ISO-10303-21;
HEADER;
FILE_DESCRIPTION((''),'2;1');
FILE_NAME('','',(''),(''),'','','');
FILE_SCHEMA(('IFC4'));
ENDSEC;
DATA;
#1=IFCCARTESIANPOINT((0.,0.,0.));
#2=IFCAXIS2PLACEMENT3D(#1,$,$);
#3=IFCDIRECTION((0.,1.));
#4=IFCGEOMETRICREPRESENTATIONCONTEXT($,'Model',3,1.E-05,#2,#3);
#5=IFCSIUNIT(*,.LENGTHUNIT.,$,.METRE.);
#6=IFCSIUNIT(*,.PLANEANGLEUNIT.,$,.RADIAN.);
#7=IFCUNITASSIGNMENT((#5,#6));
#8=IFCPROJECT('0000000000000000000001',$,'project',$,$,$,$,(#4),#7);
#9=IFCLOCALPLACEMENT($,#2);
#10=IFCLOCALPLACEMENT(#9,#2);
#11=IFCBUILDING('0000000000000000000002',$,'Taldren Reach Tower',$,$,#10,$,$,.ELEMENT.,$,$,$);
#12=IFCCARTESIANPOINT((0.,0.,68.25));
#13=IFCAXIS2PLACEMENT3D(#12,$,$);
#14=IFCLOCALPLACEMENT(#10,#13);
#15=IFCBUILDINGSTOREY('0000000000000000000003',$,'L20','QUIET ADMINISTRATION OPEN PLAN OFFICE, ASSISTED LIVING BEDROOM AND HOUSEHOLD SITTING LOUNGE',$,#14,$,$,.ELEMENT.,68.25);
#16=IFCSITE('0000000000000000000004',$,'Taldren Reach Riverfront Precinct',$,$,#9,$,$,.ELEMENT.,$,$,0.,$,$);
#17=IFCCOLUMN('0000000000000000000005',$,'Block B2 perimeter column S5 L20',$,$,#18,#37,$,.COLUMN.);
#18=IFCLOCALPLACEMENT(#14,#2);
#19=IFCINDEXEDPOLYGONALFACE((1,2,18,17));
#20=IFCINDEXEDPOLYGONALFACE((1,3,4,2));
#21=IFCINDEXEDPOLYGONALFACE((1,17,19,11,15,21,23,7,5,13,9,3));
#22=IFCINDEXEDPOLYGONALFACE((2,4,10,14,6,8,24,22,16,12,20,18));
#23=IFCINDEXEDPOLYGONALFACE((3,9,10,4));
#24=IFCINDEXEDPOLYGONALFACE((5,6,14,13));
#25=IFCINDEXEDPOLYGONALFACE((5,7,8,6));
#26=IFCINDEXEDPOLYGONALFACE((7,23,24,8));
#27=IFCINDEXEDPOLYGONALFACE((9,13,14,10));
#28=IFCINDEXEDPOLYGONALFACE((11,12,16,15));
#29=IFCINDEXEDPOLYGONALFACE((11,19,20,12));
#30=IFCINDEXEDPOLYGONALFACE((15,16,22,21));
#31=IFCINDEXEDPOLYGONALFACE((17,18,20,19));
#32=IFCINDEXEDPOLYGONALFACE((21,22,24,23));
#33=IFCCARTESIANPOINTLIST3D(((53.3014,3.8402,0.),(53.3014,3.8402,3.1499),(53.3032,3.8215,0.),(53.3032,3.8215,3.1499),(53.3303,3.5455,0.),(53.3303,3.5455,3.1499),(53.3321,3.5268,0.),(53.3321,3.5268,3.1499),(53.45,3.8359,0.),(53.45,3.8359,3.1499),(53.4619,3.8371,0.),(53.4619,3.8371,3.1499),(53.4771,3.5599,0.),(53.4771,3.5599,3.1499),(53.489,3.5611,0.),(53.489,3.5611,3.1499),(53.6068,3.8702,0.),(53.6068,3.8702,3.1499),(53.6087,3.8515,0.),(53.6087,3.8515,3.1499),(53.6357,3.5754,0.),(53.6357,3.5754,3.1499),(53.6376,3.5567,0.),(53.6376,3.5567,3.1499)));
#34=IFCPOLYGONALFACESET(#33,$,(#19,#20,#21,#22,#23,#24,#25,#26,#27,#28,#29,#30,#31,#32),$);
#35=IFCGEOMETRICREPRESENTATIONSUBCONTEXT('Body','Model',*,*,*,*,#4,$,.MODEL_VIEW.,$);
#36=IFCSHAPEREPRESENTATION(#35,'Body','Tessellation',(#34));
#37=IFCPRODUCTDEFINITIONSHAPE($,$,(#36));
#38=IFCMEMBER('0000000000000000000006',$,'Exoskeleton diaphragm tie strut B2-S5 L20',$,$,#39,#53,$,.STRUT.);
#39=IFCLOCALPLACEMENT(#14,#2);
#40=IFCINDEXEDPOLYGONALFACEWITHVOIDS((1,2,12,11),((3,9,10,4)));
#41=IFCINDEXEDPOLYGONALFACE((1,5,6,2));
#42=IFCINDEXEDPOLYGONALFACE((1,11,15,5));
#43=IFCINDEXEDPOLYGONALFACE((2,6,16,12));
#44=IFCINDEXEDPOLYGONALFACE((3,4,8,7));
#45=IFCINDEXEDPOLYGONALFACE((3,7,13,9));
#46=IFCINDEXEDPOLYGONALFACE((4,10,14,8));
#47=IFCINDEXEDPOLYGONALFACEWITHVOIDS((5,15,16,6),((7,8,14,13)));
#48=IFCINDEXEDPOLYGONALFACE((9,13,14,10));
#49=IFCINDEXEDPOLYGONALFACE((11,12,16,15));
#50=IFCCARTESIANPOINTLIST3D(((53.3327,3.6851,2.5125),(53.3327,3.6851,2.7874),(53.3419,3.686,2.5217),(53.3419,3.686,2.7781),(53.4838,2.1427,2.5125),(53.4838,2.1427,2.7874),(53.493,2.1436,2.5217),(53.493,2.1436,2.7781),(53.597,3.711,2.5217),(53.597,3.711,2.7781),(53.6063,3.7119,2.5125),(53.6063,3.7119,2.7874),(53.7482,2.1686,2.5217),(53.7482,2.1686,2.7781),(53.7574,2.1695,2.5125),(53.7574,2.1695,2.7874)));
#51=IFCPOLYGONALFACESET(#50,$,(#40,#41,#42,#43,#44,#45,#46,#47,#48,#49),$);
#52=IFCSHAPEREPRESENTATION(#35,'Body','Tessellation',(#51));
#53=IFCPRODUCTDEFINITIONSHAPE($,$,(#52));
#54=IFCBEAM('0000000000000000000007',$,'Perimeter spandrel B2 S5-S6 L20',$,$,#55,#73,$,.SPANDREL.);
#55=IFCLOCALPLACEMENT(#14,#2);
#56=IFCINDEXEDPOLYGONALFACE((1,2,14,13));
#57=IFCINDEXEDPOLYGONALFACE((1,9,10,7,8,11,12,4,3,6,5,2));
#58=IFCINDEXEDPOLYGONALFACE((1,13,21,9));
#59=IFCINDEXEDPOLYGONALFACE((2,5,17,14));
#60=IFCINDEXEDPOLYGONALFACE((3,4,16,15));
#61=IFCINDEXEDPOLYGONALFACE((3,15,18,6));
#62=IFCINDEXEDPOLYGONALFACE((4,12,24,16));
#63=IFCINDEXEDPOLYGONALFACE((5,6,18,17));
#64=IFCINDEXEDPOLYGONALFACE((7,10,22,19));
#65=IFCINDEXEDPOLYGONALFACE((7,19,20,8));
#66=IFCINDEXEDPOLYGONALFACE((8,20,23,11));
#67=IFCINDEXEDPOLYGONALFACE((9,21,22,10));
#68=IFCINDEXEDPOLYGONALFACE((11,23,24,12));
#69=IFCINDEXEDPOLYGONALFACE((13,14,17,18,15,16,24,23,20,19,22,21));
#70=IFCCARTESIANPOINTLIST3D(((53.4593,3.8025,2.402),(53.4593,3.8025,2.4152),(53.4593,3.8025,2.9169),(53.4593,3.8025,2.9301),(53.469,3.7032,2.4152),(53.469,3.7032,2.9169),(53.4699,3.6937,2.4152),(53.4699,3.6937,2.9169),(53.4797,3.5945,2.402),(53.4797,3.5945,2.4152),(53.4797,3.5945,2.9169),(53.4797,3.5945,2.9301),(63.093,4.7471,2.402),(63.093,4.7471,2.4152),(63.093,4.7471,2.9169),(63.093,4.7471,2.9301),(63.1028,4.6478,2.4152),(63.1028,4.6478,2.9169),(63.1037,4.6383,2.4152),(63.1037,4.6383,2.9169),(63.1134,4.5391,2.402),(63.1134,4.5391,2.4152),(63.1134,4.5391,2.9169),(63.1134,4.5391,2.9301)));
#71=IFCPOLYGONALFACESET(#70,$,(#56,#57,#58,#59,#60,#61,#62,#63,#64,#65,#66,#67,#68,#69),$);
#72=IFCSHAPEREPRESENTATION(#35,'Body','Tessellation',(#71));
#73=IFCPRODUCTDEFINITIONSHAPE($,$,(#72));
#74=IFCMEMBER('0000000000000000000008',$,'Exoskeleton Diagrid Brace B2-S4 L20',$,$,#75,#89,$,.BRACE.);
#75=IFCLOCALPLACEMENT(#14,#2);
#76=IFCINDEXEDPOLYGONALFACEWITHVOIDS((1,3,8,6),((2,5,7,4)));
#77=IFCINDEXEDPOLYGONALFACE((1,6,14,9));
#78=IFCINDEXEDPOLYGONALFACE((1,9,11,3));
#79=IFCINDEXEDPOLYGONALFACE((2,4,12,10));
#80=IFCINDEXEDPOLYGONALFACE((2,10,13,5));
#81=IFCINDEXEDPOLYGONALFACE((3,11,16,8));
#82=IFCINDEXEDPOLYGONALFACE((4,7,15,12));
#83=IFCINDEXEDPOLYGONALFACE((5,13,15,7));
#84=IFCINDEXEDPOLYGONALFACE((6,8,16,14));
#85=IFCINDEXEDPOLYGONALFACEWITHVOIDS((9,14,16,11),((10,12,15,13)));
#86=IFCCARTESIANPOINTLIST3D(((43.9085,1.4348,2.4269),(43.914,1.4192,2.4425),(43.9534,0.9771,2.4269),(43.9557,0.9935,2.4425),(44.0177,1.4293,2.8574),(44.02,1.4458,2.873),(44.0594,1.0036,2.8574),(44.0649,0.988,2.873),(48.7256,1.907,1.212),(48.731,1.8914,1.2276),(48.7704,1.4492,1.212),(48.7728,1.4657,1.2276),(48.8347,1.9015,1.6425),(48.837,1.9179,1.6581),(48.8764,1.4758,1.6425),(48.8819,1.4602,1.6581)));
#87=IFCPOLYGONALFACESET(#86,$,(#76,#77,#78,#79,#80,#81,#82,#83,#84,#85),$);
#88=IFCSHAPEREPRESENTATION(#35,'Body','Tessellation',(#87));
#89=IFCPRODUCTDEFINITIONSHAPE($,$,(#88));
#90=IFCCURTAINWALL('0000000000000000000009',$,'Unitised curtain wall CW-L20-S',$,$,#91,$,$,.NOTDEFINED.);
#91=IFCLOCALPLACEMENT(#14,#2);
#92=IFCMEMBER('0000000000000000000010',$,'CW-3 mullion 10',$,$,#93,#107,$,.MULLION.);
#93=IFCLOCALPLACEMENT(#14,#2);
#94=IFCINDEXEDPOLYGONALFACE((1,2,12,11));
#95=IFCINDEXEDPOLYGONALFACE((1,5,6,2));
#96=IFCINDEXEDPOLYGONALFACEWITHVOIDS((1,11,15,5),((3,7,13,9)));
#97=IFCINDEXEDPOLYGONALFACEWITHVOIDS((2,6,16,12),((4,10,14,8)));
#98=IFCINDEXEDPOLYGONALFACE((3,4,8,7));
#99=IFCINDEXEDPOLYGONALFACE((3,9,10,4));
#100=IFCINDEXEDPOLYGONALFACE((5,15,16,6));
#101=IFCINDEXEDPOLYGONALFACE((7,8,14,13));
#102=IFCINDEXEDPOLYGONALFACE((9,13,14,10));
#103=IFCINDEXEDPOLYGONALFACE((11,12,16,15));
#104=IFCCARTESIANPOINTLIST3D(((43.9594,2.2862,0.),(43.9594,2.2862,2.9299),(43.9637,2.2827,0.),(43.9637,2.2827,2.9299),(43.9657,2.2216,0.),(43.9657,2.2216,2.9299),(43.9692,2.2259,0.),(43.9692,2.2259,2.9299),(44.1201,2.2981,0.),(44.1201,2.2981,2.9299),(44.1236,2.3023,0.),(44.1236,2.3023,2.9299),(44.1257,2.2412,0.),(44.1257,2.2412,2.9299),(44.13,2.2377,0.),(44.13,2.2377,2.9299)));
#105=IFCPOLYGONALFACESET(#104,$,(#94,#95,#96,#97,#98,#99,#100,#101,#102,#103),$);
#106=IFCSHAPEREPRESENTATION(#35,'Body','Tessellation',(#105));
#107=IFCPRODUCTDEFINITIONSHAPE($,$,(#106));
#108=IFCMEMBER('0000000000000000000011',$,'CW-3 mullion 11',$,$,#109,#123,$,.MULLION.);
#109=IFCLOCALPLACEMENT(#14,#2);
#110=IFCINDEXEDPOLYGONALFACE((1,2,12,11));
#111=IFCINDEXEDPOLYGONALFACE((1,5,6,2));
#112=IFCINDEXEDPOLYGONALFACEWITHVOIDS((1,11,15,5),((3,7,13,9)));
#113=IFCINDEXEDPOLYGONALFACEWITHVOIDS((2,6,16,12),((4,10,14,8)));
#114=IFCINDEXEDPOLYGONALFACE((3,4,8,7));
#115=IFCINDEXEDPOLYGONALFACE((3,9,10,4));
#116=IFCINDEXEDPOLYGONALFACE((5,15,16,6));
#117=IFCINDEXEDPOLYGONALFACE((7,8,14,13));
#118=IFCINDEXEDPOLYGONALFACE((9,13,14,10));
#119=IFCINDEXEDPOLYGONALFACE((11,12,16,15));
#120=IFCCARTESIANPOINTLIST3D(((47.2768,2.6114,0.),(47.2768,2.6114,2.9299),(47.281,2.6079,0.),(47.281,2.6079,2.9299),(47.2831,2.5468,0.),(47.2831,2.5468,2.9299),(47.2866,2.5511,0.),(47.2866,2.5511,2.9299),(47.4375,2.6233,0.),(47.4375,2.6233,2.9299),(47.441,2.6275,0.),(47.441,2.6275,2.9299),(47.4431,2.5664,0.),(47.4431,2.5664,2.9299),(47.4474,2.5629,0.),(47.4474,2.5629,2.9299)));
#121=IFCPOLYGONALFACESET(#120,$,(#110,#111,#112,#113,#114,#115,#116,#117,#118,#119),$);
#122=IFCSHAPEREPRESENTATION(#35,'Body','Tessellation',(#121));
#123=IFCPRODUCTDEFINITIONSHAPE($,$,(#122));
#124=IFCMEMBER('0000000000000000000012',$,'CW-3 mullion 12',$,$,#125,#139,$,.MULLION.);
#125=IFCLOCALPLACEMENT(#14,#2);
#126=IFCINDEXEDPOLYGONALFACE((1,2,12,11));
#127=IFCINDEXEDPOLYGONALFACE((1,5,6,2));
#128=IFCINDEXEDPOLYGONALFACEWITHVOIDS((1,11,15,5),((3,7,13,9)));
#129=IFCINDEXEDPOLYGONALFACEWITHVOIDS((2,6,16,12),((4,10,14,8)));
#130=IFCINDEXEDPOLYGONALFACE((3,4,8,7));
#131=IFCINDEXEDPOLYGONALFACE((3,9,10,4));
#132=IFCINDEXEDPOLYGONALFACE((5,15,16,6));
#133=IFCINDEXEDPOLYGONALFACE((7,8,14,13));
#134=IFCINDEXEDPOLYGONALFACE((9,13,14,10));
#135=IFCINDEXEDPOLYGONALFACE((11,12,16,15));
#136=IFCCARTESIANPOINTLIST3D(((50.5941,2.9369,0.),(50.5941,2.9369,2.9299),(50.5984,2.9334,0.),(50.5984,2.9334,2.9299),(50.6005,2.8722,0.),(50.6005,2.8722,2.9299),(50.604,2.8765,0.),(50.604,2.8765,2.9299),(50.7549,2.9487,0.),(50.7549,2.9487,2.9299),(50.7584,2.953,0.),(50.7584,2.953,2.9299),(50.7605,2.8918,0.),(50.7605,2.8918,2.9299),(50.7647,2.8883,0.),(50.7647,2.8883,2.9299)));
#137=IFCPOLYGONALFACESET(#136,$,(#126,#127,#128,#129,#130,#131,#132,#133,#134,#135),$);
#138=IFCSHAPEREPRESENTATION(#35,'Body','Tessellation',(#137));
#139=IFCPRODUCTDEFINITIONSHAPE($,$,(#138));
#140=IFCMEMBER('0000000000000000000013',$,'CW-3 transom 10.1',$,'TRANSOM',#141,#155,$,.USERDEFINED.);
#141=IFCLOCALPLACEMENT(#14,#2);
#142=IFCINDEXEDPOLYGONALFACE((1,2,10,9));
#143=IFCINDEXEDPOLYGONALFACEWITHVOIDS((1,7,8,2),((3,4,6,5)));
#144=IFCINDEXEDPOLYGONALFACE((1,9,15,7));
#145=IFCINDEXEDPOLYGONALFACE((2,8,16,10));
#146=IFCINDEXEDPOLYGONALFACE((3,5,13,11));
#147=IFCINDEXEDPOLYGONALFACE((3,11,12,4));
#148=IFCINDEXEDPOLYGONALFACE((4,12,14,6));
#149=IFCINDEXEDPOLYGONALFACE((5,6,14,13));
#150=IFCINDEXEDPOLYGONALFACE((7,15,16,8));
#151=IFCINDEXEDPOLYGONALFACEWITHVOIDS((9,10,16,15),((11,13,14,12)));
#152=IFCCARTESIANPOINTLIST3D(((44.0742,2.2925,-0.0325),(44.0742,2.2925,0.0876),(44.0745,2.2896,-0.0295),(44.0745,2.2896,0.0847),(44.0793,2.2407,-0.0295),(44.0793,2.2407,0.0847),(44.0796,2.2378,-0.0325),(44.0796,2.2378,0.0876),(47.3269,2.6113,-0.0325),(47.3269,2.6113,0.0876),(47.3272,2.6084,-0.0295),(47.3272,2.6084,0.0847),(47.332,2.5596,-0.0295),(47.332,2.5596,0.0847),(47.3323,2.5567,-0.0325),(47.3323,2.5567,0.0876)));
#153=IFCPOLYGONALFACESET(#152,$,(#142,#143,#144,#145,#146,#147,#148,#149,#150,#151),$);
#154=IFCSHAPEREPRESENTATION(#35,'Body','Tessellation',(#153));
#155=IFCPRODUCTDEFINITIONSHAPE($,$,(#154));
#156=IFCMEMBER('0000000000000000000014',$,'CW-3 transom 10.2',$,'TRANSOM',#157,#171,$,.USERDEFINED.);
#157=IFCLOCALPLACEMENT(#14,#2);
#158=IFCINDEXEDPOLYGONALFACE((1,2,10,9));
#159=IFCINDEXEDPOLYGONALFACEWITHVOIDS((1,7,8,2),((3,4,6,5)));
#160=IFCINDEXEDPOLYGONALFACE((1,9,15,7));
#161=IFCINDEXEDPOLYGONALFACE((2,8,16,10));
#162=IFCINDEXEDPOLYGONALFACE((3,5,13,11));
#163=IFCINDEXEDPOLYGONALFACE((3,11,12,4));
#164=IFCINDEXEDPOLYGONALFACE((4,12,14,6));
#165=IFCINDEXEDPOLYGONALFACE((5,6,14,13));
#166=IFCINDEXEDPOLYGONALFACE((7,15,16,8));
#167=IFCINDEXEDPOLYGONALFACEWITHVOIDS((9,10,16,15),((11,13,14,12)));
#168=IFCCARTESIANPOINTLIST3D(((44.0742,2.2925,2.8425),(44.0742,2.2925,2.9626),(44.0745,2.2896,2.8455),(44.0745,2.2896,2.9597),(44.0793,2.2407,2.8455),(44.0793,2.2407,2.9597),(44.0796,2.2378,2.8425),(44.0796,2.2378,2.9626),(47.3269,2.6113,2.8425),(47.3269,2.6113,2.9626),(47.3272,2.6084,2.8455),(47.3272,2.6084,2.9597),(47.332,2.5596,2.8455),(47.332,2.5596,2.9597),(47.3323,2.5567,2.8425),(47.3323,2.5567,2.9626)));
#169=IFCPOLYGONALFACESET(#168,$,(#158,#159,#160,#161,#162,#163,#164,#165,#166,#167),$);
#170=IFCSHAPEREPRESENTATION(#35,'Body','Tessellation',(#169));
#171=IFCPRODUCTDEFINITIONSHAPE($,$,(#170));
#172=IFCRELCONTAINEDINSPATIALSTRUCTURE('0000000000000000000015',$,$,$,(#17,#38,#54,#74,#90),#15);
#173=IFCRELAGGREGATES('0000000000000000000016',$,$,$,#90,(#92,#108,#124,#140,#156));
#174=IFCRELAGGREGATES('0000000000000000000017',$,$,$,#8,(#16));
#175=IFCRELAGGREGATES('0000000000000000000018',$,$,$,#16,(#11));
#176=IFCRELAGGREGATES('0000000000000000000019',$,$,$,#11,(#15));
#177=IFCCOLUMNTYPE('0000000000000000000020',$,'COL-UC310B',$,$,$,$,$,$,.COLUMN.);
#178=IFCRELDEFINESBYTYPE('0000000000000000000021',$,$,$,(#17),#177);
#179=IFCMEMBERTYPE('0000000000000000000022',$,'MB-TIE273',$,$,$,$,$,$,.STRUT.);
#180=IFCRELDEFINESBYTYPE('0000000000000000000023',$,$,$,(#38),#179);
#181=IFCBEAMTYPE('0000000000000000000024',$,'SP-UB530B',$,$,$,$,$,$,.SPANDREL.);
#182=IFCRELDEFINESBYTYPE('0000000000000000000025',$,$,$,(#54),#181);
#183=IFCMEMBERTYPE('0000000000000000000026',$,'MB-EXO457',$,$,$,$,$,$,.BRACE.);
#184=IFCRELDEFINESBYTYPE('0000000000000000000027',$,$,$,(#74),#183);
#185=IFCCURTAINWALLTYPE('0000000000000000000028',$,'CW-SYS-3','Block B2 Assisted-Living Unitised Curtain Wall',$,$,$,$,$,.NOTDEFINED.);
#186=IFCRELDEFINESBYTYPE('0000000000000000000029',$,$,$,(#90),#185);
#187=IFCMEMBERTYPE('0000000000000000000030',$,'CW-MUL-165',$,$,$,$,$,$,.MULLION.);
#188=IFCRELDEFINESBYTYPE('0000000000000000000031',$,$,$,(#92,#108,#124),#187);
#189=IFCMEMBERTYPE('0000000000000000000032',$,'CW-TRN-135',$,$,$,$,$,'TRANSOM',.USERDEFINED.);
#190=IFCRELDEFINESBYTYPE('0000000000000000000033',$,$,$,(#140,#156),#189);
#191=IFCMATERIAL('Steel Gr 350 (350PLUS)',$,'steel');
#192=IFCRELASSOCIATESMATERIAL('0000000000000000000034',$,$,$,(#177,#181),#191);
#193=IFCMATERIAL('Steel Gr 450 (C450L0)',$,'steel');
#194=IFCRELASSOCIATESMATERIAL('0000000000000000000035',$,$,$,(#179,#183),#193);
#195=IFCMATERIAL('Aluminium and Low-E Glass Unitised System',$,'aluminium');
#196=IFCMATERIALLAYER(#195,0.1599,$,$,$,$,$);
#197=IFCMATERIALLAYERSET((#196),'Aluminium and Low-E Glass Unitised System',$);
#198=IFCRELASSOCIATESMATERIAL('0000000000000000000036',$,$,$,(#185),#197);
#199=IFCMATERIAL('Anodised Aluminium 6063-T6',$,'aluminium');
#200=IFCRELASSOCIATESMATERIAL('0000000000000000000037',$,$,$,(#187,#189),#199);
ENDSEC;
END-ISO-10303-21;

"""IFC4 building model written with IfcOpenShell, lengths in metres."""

from ifc_helpers import new_model, si_unit, direction, frame, origin, origin_2d, place, context, subcontext, project, spatial, hollow_rectangle, i_section, extrude, source, transform, mapped, material, layer, layer_set, material_profile, profile_set, type_object, element, aggregate, save


model = new_model("IFC4")

# Units and contexts
model_context = context("Model", 3, precision=1e-05, world=origin(), true_north=direction((0.0, 1.0)))
body_context = subcontext(model_context, "Body", "Model", "MODEL_VIEW")
ifc_project = project(units=[si_unit("LENGTHUNIT", "METRE"), si_unit("PLANEANGLEUNIT", "RADIAN")], contexts=[model_context])

# Site, building, storey
site_placement = place(None, origin())
site = spatial("IfcSite", under=ifc_project, at=site_placement, Name="Taldren Reach Riverfront Precinct", CompositionType="ELEMENT", RefElevation=0.0)
building_placement = place(site_placement, origin())
building = spatial("IfcBuilding", under=site, at=building_placement, Name="Taldren Reach Tower", CompositionType="ELEMENT")
storey_placement = place(building_placement, frame((0.0, 0.0, 68.25)))
storey = spatial("IfcBuildingStorey", under=building, at=storey_placement, Name="L20", Description="QUIET ADMINISTRATION OPEN PLAN OFFICE, ASSISTED LIVING BEDROOM AND HOUSEHOLD SITTING LOUNGE", CompositionType="ELEMENT", Elevation=68.25)

# Column
ifc_material_1 = material(Name="Steel Gr 350 (350PLUS)", Category="steel")
ifc_material_profile_1 = material_profile(ifc_material_1, i_section(OverallWidth=0.3069, OverallDepth=0.3149, WebThickness=0.012, FlangeThickness=0.0188, at=origin_2d()), Name="310UC118")
ifc_profile_set_1 = profile_set([ifc_material_profile_1], Name="Steel Gr 350 (350PLUS)")
column_type = type_object("IfcColumnType", Name="COL-UC310B", PredefinedType="COLUMN", material=ifc_profile_set_1)
shared_shape_1 = source(origin(), body_context, "Body", "SweptSolid", [
    extrude(i_section(OverallWidth=0.3069, OverallDepth=0.3149, WebThickness=0.012, FlangeThickness=0.0188, at=origin_2d()), origin(), (0.0, 0.0, 1.0), 3.1499),
])
column_placement = place(storey_placement, frame((53.4695, 3.6985, 0.0), z_axis=(0.0, 0.0, 1.0), x_axis=(0.995227, 0.097583, 0.0)))
element("IfcColumn", 1, at=column_placement, inside=storey, type_object=column_type, Name="Block B2 perimeter column S5 L20", PredefinedType="COLUMN", context=body_context, shape_type="MappedRepresentation", body=[
    mapped(shared_shape_1, transform((0.0, 0.0, 0.0), scale=1.0)),
])

# Member
ifc_material_2 = material(Name="Steel Gr 450 (C450L0)", Category="steel")
ifc_material_profile_2 = material_profile(ifc_material_2, hollow_rectangle(XDim=0.2749, YDim=0.2749, WallThickness=0.0093, at=origin_2d()), Name="275x275x9.3SHS")
ifc_profile_set_2 = profile_set([ifc_material_profile_2], Name="Steel Gr 450 (C450L0)")
member_type_1 = type_object("IfcMemberType", Name="MB-TIE273", PredefinedType="STRUT", material=ifc_profile_set_2)
shared_shape_2 = source(origin(), body_context, "Body", "SweptSolid", [
    extrude(hollow_rectangle(XDim=0.2749, YDim=0.2749, WallThickness=0.0093, at=origin_2d()), origin(), (0.0, 0.0, 1.0), 1.5498),
])
member_1_placement = place(storey_placement, frame((53.4695, 3.6985, 2.6499), z_axis=(0.097507, -0.995235, 0.0), x_axis=(0.995235, 0.097507, 0.0)))
element("IfcMember", 2, at=member_1_placement, inside=storey, type_object=member_type_1, Name="Exoskeleton diaphragm tie strut B2-S5 L20", PredefinedType="STRUT", context=body_context, shape_type="MappedRepresentation", body=[
    mapped(shared_shape_2, transform((0.0, 0.0, 0.0), scale=1.0)),
])

# Beam
ifc_material_profile_3 = material_profile(ifc_material_1, i_section(OverallWidth=0.209, OverallDepth=0.5281, WebThickness=0.0095, FlangeThickness=0.0132, at=origin_2d()), Name="530UB82.0")
ifc_profile_set_3 = profile_set([ifc_material_profile_3], Name="Steel Gr 350 (350PLUS)")
beam_type = type_object("IfcBeamType", Name="SP-UB530B", PredefinedType="SPANDREL", material=ifc_profile_set_3)
shared_shape_3 = source(origin(), body_context, "Body", "SweptSolid", [
    extrude(i_section(OverallWidth=0.209, OverallDepth=0.5281, WebThickness=0.0095, FlangeThickness=0.0132, at=origin_2d()), origin(), (0.0, 0.0, 1.0), 9.6799),
])
beam_placement = place(storey_placement, frame((53.4695, 3.6985, 2.666), z_axis=(0.995228, 0.097581, 0.0), x_axis=(-0.097581, 0.995228, 0.0)))
element("IfcBeam", 3, at=beam_placement, inside=storey, type_object=beam_type, Name="Perimeter spandrel B2 S5-S6 L20", PredefinedType="SPANDREL", context=body_context, shape_type="MappedRepresentation", body=[
    mapped(shared_shape_3, transform((0.0, 0.0, 0.0), scale=1.0)),
])

# Member
ifc_material_profile_4 = material_profile(ifc_material_2, hollow_rectangle(XDim=0.46, YDim=0.46, WallThickness=0.0161, at=origin_2d()), Name="460x460x16.0SHS")
ifc_profile_set_4 = profile_set([ifc_material_profile_4], Name="Steel Gr 450 (C450L0)")
member_type_2 = type_object("IfcMemberType", Name="MB-EXO457", PredefinedType="BRACE", material=ifc_profile_set_4)
shared_shape_4 = source(origin(), body_context, "Body", "SweptSolid", [
    extrude(hollow_rectangle(XDim=0.46, YDim=0.46, WallThickness=0.0161, at=origin_2d()), origin(), (0.0, 0.0, 1.0), 4.9902),
])
member_2_placement = place(storey_placement, frame((48.8037, 1.6836, 1.4351), z_axis=(-0.965287, -0.094621, 0.24345), x_axis=(0.097556, -0.99523, 0.0)))
element("IfcMember", 4, at=member_2_placement, inside=storey, type_object=member_type_2, Name="Exoskeleton Diagrid Brace B2-S4 L20", PredefinedType="BRACE", context=body_context, shape_type="MappedRepresentation", body=[
    mapped(shared_shape_4, transform((0.0, 0.0, 0.0), scale=1.0)),
])

# Curtain wall, members
ifc_material_3 = material(Name="Aluminium and Low-E Glass Unitised System", Category="aluminium")
ifc_layer_1 = layer(ifc_material_3, 0.1599)
ifc_layer_set_1 = layer_set([ifc_layer_1], Name="Aluminium and Low-E Glass Unitised System")
curtain_wall_type = type_object("IfcCurtainWallType", Name="CW-SYS-3", Description="Block B2 Assisted-Living Unitised Curtain Wall", PredefinedType="NOTDEFINED", material=ifc_layer_set_1)
curtain_wall_placement = place(storey_placement, origin())
curtain_wall = element("IfcCurtainWall", 5, at=curtain_wall_placement, inside=storey, type_object=curtain_wall_type, Name="Unitised curtain wall CW-L20-S", PredefinedType="NOTDEFINED")
ifc_material_4 = material(Name="Anodised Aluminium 6063-T6", Category="aluminium")
ifc_material_profile_5 = material_profile(ifc_material_4, hollow_rectangle(XDim=0.0649, YDim=0.165, WallThickness=0.0039, at=origin_2d()), Name="ALU-165x65x4RHS")
ifc_profile_set_5 = profile_set([ifc_material_profile_5], Name="Anodised Aluminium 6063-T6")
member_type_3 = type_object("IfcMemberType", Name="CW-MUL-165", PredefinedType="MULLION", material=ifc_profile_set_5)
shared_shape_5 = source(origin(), body_context, "Body", "SweptSolid", [
    extrude(hollow_rectangle(XDim=0.0649, YDim=0.165, WallThickness=0.0039, at=origin_2d()), origin(), (0.0, 0.0, 1.0), 2.9299),
])
member_3_placement = place(storey_placement, frame((44.0447, 2.262, 0.0), z_axis=(0.0, 0.0, 1.0), x_axis=(-0.097583, 0.995227, 0.0)))
member_3 = element("IfcMember", 6, at=member_3_placement, type_object=member_type_3, Name="CW-3 mullion 10", PredefinedType="MULLION", context=body_context, shape_type="MappedRepresentation", body=[
    mapped(shared_shape_5, transform((0.0, 0.0, 0.0), scale=1.0)),
])
member_4_placement = place(storey_placement, frame((47.3621, 2.5872, 0.0), z_axis=(0.0, 0.0, 1.0), x_axis=(-0.097583, 0.995227, 0.0)))
member_4 = element("IfcMember", 7, at=member_4_placement, type_object=member_type_3, Name="CW-3 mullion 11", PredefinedType="MULLION", context=body_context, shape_type="MappedRepresentation", body=[
    mapped(shared_shape_5, transform((0.0, 0.0, 0.0), scale=1.0)),
])
member_5_placement = place(storey_placement, frame((50.6794, 2.9126, 0.0), z_axis=(0.0, 0.0, 1.0), x_axis=(-0.097583, 0.995227, 0.0)))
member_5 = element("IfcMember", 8, at=member_5_placement, type_object=member_type_3, Name="CW-3 mullion 12", PredefinedType="MULLION", context=body_context, shape_type="MappedRepresentation", body=[
    mapped(shared_shape_5, transform((0.0, 0.0, 0.0), scale=1.0)),
])
ifc_material_profile_6 = material_profile(ifc_material_4, hollow_rectangle(XDim=0.0549, YDim=0.1201, WallThickness=0.0029, at=origin_2d()), Name="ALU-120x55x3RHS")
ifc_profile_set_6 = profile_set([ifc_material_profile_6], Name="Anodised Aluminium 6063-T6")
member_type_4 = type_object("IfcMemberType", Name="CW-TRN-135", ElementType="TRANSOM", PredefinedType="USERDEFINED", material=ifc_profile_set_6)
shared_shape_6 = source(origin(), body_context, "Body", "SweptSolid", [
    extrude(hollow_rectangle(XDim=0.0549, YDim=0.1201, WallThickness=0.0029, at=origin_2d()), origin(), (0.0, 0.0, 1.0), 3.2683),
])
member_6_placement = place(storey_placement, frame((44.0769, 2.2651, 0.0276), z_axis=(0.99523, 0.097558, 0.0), x_axis=(-0.097558, 0.99523, 0.0)))
member_6 = element("IfcMember", 9, at=member_6_placement, type_object=member_type_4, Name="CW-3 transom 10.1", ObjectType="TRANSOM", PredefinedType="USERDEFINED", context=body_context, shape_type="MappedRepresentation", body=[
    mapped(shared_shape_6, transform((0.0, 0.0, 0.0), scale=1.0)),
])
member_7_placement = place(storey_placement, frame((44.0769, 2.2651, 2.9026), z_axis=(0.99523, 0.097558, 0.0), x_axis=(-0.097558, 0.99523, 0.0)))
member_7 = element("IfcMember", 10, at=member_7_placement, type_object=member_type_4, Name="CW-3 transom 10.2", ObjectType="TRANSOM", PredefinedType="USERDEFINED", context=body_context, shape_type="MappedRepresentation", body=[
    mapped(shared_shape_6, transform((0.0, 0.0, 0.0), scale=1.0)),
])

aggregate(curtain_wall, [member_3, member_4, member_5, member_6, member_7])

save(model, "model.ifc")
